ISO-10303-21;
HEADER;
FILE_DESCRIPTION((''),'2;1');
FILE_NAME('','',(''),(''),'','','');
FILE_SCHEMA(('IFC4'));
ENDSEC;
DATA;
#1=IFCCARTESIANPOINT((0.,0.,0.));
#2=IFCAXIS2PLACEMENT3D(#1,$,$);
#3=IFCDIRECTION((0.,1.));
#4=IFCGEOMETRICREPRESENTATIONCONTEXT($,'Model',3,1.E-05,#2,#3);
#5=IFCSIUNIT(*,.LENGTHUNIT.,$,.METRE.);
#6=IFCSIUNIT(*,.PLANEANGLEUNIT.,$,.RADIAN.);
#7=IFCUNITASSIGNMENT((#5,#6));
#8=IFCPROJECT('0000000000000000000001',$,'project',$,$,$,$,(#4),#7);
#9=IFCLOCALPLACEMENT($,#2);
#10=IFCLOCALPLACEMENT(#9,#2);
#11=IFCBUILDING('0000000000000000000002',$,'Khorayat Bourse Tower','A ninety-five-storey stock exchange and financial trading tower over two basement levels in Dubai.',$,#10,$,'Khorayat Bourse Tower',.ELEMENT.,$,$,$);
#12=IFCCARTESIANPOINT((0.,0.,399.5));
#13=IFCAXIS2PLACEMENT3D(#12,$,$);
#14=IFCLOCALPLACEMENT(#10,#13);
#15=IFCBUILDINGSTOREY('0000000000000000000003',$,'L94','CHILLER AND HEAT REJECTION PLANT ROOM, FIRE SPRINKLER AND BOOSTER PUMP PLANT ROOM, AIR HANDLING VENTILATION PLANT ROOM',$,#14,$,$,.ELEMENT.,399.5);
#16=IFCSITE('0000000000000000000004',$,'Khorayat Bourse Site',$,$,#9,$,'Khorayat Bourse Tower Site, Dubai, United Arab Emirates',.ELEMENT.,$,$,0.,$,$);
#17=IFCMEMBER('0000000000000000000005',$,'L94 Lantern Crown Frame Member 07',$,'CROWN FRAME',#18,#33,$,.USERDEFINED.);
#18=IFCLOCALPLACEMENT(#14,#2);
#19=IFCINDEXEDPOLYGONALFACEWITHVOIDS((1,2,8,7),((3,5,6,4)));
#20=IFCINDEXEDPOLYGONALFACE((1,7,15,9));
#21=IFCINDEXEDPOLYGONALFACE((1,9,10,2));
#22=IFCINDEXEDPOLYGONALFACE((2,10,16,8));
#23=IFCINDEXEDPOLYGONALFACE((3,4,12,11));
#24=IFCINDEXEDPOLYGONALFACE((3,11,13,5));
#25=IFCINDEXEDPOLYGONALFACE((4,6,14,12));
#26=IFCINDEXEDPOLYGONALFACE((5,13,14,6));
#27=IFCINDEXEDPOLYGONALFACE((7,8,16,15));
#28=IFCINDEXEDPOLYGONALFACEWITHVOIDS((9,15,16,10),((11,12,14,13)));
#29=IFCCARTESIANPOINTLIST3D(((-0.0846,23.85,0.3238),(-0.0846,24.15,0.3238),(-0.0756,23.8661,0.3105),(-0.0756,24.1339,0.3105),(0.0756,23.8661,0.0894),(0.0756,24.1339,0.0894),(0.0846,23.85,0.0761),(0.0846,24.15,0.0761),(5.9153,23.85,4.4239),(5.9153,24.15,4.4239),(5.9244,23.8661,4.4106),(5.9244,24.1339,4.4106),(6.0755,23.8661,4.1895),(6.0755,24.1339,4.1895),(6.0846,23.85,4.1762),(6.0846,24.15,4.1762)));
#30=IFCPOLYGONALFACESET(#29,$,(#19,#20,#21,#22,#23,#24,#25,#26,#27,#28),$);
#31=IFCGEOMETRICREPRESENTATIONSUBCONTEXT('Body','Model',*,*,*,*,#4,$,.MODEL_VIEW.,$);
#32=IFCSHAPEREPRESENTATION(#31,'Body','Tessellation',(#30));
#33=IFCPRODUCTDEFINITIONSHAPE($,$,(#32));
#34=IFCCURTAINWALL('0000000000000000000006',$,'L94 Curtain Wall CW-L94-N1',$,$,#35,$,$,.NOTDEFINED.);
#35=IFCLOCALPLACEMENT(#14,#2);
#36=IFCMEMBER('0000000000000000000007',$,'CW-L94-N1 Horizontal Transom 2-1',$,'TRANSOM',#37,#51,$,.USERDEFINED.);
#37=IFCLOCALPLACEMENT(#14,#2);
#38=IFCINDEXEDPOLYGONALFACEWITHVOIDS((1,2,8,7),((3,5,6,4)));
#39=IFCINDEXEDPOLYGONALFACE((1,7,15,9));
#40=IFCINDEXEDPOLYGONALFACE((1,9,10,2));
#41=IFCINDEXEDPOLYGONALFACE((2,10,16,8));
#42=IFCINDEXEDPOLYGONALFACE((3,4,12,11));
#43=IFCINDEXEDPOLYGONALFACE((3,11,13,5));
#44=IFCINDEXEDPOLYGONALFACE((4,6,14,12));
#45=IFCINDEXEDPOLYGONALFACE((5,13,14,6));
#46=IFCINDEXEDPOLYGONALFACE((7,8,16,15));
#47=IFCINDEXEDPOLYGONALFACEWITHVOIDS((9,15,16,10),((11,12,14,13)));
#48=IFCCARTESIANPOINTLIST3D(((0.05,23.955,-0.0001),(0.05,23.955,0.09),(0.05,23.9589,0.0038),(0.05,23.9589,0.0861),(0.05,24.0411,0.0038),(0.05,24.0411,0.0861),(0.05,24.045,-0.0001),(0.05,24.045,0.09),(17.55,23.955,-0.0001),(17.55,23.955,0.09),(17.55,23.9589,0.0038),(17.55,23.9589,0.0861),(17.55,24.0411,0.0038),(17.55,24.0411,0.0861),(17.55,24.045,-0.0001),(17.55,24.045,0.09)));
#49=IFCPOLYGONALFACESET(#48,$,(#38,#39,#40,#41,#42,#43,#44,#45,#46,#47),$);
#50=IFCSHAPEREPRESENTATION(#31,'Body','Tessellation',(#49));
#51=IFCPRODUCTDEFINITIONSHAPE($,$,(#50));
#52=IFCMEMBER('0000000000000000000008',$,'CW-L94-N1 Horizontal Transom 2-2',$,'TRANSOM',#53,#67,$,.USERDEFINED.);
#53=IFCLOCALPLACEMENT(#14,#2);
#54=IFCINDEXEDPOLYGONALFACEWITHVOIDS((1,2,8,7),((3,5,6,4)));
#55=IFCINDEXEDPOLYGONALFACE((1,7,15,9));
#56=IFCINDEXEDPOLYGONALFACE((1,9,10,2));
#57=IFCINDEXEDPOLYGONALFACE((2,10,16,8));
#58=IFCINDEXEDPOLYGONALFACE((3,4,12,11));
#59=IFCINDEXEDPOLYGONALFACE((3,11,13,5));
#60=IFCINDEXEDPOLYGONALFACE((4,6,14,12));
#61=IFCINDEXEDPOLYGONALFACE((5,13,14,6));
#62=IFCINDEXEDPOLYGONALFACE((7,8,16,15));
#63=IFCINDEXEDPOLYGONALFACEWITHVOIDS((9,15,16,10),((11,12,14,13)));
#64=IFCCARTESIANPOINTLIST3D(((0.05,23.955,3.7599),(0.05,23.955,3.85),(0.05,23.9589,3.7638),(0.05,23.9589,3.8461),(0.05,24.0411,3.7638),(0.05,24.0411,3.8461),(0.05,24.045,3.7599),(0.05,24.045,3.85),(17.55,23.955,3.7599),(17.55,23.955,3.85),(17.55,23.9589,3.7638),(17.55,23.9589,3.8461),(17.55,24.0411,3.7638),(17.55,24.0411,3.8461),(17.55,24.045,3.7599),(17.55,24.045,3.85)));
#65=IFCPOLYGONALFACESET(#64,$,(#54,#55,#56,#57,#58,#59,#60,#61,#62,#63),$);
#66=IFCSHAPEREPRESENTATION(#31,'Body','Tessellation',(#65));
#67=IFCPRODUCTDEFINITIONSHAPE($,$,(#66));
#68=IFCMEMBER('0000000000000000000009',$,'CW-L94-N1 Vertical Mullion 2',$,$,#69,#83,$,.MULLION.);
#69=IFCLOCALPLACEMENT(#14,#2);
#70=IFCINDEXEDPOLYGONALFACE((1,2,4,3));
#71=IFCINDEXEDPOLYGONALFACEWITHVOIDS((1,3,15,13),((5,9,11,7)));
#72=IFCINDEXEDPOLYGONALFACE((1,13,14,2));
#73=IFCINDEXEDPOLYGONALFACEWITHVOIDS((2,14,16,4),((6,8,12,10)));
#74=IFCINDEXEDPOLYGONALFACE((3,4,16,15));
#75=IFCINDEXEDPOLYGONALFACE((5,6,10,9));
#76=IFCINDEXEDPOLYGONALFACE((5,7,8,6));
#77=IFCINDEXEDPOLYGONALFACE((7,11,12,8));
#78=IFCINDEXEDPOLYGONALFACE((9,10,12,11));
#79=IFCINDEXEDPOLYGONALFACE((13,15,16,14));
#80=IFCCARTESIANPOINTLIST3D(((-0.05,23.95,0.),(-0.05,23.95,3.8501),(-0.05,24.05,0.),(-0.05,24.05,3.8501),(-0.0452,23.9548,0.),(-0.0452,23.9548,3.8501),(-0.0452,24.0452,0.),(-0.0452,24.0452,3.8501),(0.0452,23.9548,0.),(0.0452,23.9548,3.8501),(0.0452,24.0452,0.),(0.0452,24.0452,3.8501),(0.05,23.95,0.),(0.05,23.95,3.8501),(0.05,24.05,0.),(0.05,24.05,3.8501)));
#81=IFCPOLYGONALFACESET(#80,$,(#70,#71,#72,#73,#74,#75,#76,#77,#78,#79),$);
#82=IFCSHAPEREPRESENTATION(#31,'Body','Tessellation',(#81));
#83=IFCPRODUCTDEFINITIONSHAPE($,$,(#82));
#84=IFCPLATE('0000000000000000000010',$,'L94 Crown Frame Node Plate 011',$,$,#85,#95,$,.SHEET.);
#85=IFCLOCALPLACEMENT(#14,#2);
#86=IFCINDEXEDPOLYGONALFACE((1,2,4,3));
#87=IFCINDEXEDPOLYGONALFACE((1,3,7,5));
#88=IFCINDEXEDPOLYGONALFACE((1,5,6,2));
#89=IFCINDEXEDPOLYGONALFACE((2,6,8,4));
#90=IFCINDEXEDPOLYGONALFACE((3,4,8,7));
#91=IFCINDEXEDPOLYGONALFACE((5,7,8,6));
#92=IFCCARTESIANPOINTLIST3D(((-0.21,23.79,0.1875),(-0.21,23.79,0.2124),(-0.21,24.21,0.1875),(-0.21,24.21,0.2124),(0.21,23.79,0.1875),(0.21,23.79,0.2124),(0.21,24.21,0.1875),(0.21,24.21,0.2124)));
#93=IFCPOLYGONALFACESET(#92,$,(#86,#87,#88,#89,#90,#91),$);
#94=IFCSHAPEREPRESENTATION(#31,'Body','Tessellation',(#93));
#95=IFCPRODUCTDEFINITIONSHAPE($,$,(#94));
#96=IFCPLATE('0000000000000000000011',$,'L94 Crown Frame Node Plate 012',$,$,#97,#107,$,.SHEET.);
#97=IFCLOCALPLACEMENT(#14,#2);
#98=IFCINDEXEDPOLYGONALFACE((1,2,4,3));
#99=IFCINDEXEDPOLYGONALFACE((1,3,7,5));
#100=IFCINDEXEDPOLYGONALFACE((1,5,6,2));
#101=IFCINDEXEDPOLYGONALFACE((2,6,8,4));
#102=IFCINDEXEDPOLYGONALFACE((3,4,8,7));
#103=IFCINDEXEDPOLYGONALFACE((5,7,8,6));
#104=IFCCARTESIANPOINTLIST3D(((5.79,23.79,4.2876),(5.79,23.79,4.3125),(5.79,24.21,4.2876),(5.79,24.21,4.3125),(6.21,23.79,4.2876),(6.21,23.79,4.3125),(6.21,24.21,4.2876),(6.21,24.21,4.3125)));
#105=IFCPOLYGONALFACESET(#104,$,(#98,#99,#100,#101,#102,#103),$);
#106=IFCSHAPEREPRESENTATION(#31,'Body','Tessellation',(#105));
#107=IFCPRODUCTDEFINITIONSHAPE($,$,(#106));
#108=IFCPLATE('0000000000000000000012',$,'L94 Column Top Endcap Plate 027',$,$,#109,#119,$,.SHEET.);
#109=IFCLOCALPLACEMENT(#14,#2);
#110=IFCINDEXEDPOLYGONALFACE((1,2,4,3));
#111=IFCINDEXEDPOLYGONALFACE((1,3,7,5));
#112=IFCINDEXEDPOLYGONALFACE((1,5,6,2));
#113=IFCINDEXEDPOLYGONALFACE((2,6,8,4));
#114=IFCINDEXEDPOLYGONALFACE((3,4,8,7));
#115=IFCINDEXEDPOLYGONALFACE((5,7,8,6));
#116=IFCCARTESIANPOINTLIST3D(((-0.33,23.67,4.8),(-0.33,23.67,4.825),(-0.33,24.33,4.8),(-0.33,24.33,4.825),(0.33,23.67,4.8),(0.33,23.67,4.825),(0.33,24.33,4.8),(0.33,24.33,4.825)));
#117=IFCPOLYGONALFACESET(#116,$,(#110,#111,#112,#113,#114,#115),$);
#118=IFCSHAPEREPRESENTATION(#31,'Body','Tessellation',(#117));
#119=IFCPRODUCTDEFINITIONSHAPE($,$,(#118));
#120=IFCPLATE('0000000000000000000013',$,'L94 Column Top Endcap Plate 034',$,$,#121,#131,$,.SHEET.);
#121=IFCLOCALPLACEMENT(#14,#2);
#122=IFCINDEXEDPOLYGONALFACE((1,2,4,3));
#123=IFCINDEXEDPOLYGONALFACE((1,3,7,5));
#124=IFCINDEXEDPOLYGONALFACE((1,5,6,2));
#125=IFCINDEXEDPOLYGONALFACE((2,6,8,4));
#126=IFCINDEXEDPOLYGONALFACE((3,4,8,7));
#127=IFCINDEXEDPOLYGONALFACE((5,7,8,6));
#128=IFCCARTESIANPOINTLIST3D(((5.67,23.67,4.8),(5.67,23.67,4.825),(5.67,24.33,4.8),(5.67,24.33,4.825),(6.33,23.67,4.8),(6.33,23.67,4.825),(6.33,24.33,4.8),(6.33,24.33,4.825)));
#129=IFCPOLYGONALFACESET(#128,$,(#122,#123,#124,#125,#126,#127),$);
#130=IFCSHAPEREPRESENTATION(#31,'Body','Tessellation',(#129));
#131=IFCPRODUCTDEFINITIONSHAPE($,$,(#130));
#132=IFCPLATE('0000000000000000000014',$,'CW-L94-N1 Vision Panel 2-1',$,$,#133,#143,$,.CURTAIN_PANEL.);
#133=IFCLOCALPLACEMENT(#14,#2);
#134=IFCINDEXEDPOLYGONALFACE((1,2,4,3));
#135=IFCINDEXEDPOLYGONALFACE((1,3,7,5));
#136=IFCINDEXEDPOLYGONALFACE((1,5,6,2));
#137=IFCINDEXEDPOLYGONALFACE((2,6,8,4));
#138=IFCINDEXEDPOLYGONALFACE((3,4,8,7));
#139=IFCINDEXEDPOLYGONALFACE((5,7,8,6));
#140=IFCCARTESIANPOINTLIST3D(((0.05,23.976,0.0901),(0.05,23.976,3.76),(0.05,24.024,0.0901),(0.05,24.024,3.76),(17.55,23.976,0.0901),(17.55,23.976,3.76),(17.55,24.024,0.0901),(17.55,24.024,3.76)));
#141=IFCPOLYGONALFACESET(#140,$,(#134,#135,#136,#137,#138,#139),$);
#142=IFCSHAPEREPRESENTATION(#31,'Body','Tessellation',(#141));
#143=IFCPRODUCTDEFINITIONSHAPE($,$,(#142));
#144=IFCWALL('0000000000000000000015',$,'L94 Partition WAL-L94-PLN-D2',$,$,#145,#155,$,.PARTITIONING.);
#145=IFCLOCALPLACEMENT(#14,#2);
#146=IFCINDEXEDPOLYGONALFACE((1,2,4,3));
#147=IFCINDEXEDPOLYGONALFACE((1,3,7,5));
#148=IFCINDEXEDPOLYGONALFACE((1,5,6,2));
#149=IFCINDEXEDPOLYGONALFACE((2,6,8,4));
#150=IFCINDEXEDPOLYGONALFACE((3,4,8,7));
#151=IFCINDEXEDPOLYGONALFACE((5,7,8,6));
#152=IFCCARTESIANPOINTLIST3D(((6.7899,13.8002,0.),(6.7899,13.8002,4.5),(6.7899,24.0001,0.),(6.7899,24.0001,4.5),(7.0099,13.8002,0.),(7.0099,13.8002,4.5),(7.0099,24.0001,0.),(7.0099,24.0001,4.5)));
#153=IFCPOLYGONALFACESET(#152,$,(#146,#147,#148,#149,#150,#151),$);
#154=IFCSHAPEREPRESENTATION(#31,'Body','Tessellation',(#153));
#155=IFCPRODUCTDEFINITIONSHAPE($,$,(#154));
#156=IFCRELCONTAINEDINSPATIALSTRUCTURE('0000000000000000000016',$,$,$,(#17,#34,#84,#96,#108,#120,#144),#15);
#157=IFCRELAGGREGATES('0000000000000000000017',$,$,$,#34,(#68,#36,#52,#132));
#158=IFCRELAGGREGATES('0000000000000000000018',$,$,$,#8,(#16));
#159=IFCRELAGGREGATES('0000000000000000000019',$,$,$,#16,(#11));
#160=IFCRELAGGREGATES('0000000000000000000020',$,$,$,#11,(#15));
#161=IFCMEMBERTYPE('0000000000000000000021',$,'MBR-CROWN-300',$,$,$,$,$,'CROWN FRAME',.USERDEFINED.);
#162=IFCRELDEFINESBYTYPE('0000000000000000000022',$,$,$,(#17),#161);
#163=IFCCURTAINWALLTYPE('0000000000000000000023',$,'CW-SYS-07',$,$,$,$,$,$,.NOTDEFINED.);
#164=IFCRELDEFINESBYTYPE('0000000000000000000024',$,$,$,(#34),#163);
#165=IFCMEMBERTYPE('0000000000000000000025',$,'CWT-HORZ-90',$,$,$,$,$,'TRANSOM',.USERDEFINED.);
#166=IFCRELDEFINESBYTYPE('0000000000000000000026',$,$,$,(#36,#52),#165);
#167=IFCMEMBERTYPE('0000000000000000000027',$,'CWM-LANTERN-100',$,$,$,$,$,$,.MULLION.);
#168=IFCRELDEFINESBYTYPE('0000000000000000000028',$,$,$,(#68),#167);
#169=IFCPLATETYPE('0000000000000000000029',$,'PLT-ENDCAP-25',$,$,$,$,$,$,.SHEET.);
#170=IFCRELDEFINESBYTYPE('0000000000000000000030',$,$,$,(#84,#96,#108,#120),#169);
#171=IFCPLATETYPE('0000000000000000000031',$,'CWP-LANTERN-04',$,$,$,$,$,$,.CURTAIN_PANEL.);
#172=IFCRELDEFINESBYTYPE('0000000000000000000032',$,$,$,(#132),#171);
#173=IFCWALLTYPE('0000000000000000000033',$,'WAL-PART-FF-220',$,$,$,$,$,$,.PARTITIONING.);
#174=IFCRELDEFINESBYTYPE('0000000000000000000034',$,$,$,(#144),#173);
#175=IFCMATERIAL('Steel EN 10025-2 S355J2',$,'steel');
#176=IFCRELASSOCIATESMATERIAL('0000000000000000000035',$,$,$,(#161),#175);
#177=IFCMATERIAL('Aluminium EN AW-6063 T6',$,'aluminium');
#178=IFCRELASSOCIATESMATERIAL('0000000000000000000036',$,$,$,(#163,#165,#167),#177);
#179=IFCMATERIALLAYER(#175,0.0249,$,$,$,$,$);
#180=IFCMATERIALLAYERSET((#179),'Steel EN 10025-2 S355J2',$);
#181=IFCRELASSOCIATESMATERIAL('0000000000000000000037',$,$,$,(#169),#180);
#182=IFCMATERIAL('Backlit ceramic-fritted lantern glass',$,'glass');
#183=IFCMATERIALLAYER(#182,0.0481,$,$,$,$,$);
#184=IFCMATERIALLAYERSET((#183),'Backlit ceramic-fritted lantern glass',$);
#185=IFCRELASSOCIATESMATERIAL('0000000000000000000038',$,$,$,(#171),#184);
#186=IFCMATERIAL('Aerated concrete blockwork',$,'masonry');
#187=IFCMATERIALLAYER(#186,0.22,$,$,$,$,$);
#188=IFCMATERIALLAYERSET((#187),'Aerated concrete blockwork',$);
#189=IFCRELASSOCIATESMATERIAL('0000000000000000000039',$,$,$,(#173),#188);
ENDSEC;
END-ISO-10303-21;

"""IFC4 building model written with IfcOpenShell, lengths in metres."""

from ifc_helpers import new_model, si_unit, direction, frame, frame_2d, origin, origin_2d, place, context, subcontext, project, spatial, rectangle, hollow_rectangle, extrude, source, transform, mapped, material, layer, layer_set, material_profile, profile_set, type_object, element, aggregate, save


model = new_model("IFC4")

# Units and contexts
model_context = context("Model", 3, precision=1e-05, world=origin(), true_north=direction((0.0, 1.0)))
body_context = subcontext(model_context, "Body", "Model", "MODEL_VIEW")
ifc_project = project(units=[si_unit("LENGTHUNIT", "METRE"), si_unit("PLANEANGLEUNIT", "RADIAN")], contexts=[model_context])

# Site, building, storey
site_placement = place(None, origin())
site = spatial("IfcSite", under=ifc_project, at=site_placement, Name="Khorayat Bourse Site", LongName="Khorayat Bourse Tower Site, Dubai, United Arab Emirates", CompositionType="ELEMENT", RefElevation=0.0)
building_placement = place(site_placement, origin())
building = spatial("IfcBuilding", under=site, at=building_placement, Name="Khorayat Bourse Tower", Description="A ninety-five-storey stock exchange and financial trading tower over two basement levels in Dubai.", LongName="Khorayat Bourse Tower", CompositionType="ELEMENT")
storey_placement = place(building_placement, frame((0.0, 0.0, 399.5)))
storey = spatial("IfcBuildingStorey", under=building, at=storey_placement, Name="L94", Description="CHILLER AND HEAT REJECTION PLANT ROOM, FIRE SPRINKLER AND BOOSTER PUMP PLANT ROOM, AIR HANDLING VENTILATION PLANT ROOM", CompositionType="ELEMENT", Elevation=399.5)

# Shared definitions
ifc_material_1 = material(Name="Steel EN 10025-2 S355J2", Category="steel")

# Member
ifc_material_profile_1 = material_profile(ifc_material_1, hollow_rectangle(XDim=0.3, YDim=0.3, WallThickness=0.0161, at=origin_2d()), Name="HSS 300x300x16")
ifc_profile_set_1 = profile_set([ifc_material_profile_1], Name="Steel EN 10025-2 S355J2")
member_type_1 = type_object("IfcMemberType", Name="MBR-CROWN-300", ElementType="CROWN FRAME", PredefinedType="USERDEFINED", material=ifc_profile_set_1)
shared_shape_1 = source(origin(), body_context, "Body", "SweptSolid", [
    extrude(hollow_rectangle(XDim=0.3, YDim=0.3, WallThickness=0.0161, at=origin_2d()), origin(), (0.0, 0.0, 1.0), 7.2671),
])
member_1_placement = place(storey_placement, frame((0.0, 24.0, 0.2), z_axis=(0.825638, 0.0, 0.5642), x_axis=(0.0, 1.0, 0.0)))
element("IfcMember", 1, at=member_1_placement, inside=storey, type_object=member_type_1, Name="L94 Lantern Crown Frame Member 07", ObjectType="CROWN FRAME", PredefinedType="USERDEFINED", context=body_context, shape_type="MappedRepresentation", body=[
    mapped(shared_shape_1, transform((0.0, 0.0, 0.0), scale=1.0)),
])

# Curtain wall, members
ifc_material_2 = material(Name="Aluminium EN AW-6063 T6", Category="aluminium")
curtain_wall_type = type_object("IfcCurtainWallType", Name="CW-SYS-07", PredefinedType="NOTDEFINED", material=ifc_material_2)
curtain_wall_placement = place(storey_placement, origin())
curtain_wall = element("IfcCurtainWall", 2, at=curtain_wall_placement, inside=storey, type_object=curtain_wall_type, Name="L94 Curtain Wall CW-L94-N1", PredefinedType="NOTDEFINED")
ifc_material_profile_2 = material_profile(ifc_material_2, hollow_rectangle(XDim=0.0901, YDim=0.0901, WallThickness=0.0039, at=origin_2d()), Name="ALU 90x90x4")
ifc_profile_set_2 = profile_set([ifc_material_profile_2], Name="Aluminium EN AW-6063 T6")
member_type_2 = type_object("IfcMemberType", Name="CWT-HORZ-90", ElementType="TRANSOM", PredefinedType="USERDEFINED", material=ifc_profile_set_2)
shared_shape_2 = source(origin(), body_context, "Body", "SweptSolid", [
    extrude(hollow_rectangle(XDim=0.0901, YDim=0.0901, WallThickness=0.0039, at=origin_2d()), origin(), (0.0, 0.0, 1.0), 17.5),
])
member_2_placement = place(storey_placement, frame((0.05, 24.0, 0.0449), z_axis=(1.0, 0.0, 0.0), x_axis=(0.0, 1.0, 0.0)))
member_2 = element("IfcMember", 3, at=member_2_placement, type_object=member_type_2, Name="CW-L94-N1 Horizontal Transom 2-1", ObjectType="TRANSOM", PredefinedType="USERDEFINED", context=body_context, shape_type="MappedRepresentation", body=[
    mapped(shared_shape_2, transform((0.0, 0.0, 0.0), scale=1.0)),
])
member_3_placement = place(storey_placement, frame((0.05, 24.0, 3.8049), z_axis=(1.0, 0.0, 0.0), x_axis=(0.0, 1.0, 0.0)))
member_3 = element("IfcMember", 4, at=member_3_placement, type_object=member_type_2, Name="CW-L94-N1 Horizontal Transom 2-2", ObjectType="TRANSOM", PredefinedType="USERDEFINED", context=body_context, shape_type="MappedRepresentation", body=[
    mapped(shared_shape_2, transform((0.0, 0.0, 0.0), scale=1.0)),
])
ifc_material_profile_3 = material_profile(ifc_material_2, hollow_rectangle(XDim=0.1001, YDim=0.1001, WallThickness=0.0049, at=origin_2d()), Name="ALU 100x100x5")
ifc_profile_set_3 = profile_set([ifc_material_profile_3], Name="Aluminium EN AW-6063 T6")
member_type_3 = type_object("IfcMemberType", Name="CWM-LANTERN-100", PredefinedType="MULLION", material=ifc_profile_set_3)
shared_shape_3 = source(origin(), body_context, "Body", "SweptSolid", [
    extrude(hollow_rectangle(XDim=0.1001, YDim=0.1001, WallThickness=0.0049, at=origin_2d()), origin(), (0.0, 0.0, 1.0), 3.8501),
])
member_4_placement = place(storey_placement, frame((0.0, 24.0, 0.0), z_axis=(0.0, 0.0, 1.0), x_axis=(0.0, 1.0, 0.0)))
member_4 = element("IfcMember", 5, at=member_4_placement, type_object=member_type_3, Name="CW-L94-N1 Vertical Mullion 2", PredefinedType="MULLION", context=body_context, shape_type="MappedRepresentation", body=[
    mapped(shared_shape_3, transform((0.0, 0.0, 0.0), scale=1.0)),
])

# Plates
ifc_layer_1 = layer(ifc_material_1, 0.0249)
ifc_layer_set_1 = layer_set([ifc_layer_1], Name="Steel EN 10025-2 S355J2")
plate_type_1 = type_object("IfcPlateType", Name="PLT-ENDCAP-25", PredefinedType="SHEET", material=ifc_layer_set_1)
shared_shape_4 = source(origin(), body_context, "Body", "SweptSolid", [
    extrude(rectangle(XDim=0.4199, YDim=0.4199, at=origin_2d()), origin(), (0.0, 0.0, 1.0), 0.0249),
])
for number, where, z_axis, x_axis, name in (
    (6, (0.0, 24.0, 0.1875), (0.0, 0.0, 1.0), (1.0, 0.0, 0.0), "L94 Crown Frame Node Plate 011"),
    (7, (6.0, 24.0, 4.2876), (0.0, 0.0, 1.0), (1.0, 0.0, 0.0), "L94 Crown Frame Node Plate 012"),
):
    element("IfcPlate", number, at=place(storey_placement, frame(where, z_axis=z_axis, x_axis=x_axis)), inside=storey, type_object=plate_type_1, Name=name, PredefinedType="SHEET", context=body_context, shape_type="MappedRepresentation", body=[
        mapped(shared_shape_4, transform((0.0, 0.0, 0.0), scale=1.0)),
    ])
shared_shape_5 = source(origin(), body_context, "Body", "SweptSolid", [
    extrude(rectangle(XDim=0.6599, YDim=0.6599, at=origin_2d()), origin(), (0.0, 0.0, 1.0), 0.0249),
])
for number, where, z_axis, x_axis, name in (
    (8, (0.0, 24.0, 4.8), (0.0, 0.0, 1.0), (1.0, 0.0, 0.0), "L94 Column Top Endcap Plate 027"),
    (9, (6.0, 24.0, 4.8), (0.0, 0.0, 1.0), (1.0, 0.0, 0.0), "L94 Column Top Endcap Plate 034"),
):
    element("IfcPlate", number, at=place(storey_placement, frame(where, z_axis=z_axis, x_axis=x_axis)), inside=storey, type_object=plate_type_1, Name=name, PredefinedType="SHEET", context=body_context, shape_type="MappedRepresentation", body=[
        mapped(shared_shape_5, transform((0.0, 0.0, 0.0), scale=1.0)),
    ])

# Plate
ifc_material_3 = material(Name="Backlit ceramic-fritted lantern glass", Category="glass")
ifc_layer_2 = layer(ifc_material_3, 0.0481)
ifc_layer_set_2 = layer_set([ifc_layer_2], Name="Backlit ceramic-fritted lantern glass")
plate_type_2 = type_object("IfcPlateType", Name="CWP-LANTERN-04", PredefinedType="CURTAIN_PANEL", material=ifc_layer_set_2)
shared_shape_6 = source(origin(), body_context, "Body", "SweptSolid", [
    extrude(rectangle(XDim=17.5, YDim=0.0481, at=origin_2d()), origin(), (0.0, 0.0, 1.0), 3.6699),
])
plate_placement = place(storey_placement, frame((8.8, 24.0, 0.0901), z_axis=(0.0, 0.0, 1.0), x_axis=(1.0, 0.0, 0.0)))
plate = element("IfcPlate", 10, at=plate_placement, type_object=plate_type_2, Name="CW-L94-N1 Vision Panel 2-1", PredefinedType="CURTAIN_PANEL", context=body_context, shape_type="MappedRepresentation", body=[
    mapped(shared_shape_6, transform((0.0, 0.0, 0.0), scale=1.0)),
])
aggregate(curtain_wall, [member_4, member_2, member_3, plate])

# Wall
ifc_material_4 = material(Name="Aerated concrete blockwork", Category="masonry")
ifc_layer_3 = layer(ifc_material_4, 0.22)
ifc_layer_set_3 = layer_set([ifc_layer_3], Name="Aerated concrete blockwork")
wall_type_1 = type_object("IfcWallType", Name="WAL-PART-FF-220", PredefinedType="PARTITIONING", material=ifc_layer_set_3)
shared_shape_7 = source(origin(), body_context, "Body", "SweptSolid", [
    extrude(rectangle(XDim=10.2, YDim=0.22, at=frame_2d((5.1001, 0.0))), origin(), (0.0, 0.0, 1.0), 4.5),
])
wall_1_placement = place(storey_placement, frame((6.8999, 13.8, 0.0), z_axis=(0.0, 0.0, 1.0), x_axis=(0.0, 1.0, 0.0)))
element("IfcWall", 11, at=wall_1_placement, inside=storey, type_object=wall_type_1, Name="L94 Partition WAL-L94-PLN-D2", PredefinedType="PARTITIONING", context=body_context, shape_type="MappedRepresentation", body=[
    mapped(shared_shape_7, transform((0.0, 0.0, 0.0), scale=1.0)),
])

save(model, "model.ifc")
